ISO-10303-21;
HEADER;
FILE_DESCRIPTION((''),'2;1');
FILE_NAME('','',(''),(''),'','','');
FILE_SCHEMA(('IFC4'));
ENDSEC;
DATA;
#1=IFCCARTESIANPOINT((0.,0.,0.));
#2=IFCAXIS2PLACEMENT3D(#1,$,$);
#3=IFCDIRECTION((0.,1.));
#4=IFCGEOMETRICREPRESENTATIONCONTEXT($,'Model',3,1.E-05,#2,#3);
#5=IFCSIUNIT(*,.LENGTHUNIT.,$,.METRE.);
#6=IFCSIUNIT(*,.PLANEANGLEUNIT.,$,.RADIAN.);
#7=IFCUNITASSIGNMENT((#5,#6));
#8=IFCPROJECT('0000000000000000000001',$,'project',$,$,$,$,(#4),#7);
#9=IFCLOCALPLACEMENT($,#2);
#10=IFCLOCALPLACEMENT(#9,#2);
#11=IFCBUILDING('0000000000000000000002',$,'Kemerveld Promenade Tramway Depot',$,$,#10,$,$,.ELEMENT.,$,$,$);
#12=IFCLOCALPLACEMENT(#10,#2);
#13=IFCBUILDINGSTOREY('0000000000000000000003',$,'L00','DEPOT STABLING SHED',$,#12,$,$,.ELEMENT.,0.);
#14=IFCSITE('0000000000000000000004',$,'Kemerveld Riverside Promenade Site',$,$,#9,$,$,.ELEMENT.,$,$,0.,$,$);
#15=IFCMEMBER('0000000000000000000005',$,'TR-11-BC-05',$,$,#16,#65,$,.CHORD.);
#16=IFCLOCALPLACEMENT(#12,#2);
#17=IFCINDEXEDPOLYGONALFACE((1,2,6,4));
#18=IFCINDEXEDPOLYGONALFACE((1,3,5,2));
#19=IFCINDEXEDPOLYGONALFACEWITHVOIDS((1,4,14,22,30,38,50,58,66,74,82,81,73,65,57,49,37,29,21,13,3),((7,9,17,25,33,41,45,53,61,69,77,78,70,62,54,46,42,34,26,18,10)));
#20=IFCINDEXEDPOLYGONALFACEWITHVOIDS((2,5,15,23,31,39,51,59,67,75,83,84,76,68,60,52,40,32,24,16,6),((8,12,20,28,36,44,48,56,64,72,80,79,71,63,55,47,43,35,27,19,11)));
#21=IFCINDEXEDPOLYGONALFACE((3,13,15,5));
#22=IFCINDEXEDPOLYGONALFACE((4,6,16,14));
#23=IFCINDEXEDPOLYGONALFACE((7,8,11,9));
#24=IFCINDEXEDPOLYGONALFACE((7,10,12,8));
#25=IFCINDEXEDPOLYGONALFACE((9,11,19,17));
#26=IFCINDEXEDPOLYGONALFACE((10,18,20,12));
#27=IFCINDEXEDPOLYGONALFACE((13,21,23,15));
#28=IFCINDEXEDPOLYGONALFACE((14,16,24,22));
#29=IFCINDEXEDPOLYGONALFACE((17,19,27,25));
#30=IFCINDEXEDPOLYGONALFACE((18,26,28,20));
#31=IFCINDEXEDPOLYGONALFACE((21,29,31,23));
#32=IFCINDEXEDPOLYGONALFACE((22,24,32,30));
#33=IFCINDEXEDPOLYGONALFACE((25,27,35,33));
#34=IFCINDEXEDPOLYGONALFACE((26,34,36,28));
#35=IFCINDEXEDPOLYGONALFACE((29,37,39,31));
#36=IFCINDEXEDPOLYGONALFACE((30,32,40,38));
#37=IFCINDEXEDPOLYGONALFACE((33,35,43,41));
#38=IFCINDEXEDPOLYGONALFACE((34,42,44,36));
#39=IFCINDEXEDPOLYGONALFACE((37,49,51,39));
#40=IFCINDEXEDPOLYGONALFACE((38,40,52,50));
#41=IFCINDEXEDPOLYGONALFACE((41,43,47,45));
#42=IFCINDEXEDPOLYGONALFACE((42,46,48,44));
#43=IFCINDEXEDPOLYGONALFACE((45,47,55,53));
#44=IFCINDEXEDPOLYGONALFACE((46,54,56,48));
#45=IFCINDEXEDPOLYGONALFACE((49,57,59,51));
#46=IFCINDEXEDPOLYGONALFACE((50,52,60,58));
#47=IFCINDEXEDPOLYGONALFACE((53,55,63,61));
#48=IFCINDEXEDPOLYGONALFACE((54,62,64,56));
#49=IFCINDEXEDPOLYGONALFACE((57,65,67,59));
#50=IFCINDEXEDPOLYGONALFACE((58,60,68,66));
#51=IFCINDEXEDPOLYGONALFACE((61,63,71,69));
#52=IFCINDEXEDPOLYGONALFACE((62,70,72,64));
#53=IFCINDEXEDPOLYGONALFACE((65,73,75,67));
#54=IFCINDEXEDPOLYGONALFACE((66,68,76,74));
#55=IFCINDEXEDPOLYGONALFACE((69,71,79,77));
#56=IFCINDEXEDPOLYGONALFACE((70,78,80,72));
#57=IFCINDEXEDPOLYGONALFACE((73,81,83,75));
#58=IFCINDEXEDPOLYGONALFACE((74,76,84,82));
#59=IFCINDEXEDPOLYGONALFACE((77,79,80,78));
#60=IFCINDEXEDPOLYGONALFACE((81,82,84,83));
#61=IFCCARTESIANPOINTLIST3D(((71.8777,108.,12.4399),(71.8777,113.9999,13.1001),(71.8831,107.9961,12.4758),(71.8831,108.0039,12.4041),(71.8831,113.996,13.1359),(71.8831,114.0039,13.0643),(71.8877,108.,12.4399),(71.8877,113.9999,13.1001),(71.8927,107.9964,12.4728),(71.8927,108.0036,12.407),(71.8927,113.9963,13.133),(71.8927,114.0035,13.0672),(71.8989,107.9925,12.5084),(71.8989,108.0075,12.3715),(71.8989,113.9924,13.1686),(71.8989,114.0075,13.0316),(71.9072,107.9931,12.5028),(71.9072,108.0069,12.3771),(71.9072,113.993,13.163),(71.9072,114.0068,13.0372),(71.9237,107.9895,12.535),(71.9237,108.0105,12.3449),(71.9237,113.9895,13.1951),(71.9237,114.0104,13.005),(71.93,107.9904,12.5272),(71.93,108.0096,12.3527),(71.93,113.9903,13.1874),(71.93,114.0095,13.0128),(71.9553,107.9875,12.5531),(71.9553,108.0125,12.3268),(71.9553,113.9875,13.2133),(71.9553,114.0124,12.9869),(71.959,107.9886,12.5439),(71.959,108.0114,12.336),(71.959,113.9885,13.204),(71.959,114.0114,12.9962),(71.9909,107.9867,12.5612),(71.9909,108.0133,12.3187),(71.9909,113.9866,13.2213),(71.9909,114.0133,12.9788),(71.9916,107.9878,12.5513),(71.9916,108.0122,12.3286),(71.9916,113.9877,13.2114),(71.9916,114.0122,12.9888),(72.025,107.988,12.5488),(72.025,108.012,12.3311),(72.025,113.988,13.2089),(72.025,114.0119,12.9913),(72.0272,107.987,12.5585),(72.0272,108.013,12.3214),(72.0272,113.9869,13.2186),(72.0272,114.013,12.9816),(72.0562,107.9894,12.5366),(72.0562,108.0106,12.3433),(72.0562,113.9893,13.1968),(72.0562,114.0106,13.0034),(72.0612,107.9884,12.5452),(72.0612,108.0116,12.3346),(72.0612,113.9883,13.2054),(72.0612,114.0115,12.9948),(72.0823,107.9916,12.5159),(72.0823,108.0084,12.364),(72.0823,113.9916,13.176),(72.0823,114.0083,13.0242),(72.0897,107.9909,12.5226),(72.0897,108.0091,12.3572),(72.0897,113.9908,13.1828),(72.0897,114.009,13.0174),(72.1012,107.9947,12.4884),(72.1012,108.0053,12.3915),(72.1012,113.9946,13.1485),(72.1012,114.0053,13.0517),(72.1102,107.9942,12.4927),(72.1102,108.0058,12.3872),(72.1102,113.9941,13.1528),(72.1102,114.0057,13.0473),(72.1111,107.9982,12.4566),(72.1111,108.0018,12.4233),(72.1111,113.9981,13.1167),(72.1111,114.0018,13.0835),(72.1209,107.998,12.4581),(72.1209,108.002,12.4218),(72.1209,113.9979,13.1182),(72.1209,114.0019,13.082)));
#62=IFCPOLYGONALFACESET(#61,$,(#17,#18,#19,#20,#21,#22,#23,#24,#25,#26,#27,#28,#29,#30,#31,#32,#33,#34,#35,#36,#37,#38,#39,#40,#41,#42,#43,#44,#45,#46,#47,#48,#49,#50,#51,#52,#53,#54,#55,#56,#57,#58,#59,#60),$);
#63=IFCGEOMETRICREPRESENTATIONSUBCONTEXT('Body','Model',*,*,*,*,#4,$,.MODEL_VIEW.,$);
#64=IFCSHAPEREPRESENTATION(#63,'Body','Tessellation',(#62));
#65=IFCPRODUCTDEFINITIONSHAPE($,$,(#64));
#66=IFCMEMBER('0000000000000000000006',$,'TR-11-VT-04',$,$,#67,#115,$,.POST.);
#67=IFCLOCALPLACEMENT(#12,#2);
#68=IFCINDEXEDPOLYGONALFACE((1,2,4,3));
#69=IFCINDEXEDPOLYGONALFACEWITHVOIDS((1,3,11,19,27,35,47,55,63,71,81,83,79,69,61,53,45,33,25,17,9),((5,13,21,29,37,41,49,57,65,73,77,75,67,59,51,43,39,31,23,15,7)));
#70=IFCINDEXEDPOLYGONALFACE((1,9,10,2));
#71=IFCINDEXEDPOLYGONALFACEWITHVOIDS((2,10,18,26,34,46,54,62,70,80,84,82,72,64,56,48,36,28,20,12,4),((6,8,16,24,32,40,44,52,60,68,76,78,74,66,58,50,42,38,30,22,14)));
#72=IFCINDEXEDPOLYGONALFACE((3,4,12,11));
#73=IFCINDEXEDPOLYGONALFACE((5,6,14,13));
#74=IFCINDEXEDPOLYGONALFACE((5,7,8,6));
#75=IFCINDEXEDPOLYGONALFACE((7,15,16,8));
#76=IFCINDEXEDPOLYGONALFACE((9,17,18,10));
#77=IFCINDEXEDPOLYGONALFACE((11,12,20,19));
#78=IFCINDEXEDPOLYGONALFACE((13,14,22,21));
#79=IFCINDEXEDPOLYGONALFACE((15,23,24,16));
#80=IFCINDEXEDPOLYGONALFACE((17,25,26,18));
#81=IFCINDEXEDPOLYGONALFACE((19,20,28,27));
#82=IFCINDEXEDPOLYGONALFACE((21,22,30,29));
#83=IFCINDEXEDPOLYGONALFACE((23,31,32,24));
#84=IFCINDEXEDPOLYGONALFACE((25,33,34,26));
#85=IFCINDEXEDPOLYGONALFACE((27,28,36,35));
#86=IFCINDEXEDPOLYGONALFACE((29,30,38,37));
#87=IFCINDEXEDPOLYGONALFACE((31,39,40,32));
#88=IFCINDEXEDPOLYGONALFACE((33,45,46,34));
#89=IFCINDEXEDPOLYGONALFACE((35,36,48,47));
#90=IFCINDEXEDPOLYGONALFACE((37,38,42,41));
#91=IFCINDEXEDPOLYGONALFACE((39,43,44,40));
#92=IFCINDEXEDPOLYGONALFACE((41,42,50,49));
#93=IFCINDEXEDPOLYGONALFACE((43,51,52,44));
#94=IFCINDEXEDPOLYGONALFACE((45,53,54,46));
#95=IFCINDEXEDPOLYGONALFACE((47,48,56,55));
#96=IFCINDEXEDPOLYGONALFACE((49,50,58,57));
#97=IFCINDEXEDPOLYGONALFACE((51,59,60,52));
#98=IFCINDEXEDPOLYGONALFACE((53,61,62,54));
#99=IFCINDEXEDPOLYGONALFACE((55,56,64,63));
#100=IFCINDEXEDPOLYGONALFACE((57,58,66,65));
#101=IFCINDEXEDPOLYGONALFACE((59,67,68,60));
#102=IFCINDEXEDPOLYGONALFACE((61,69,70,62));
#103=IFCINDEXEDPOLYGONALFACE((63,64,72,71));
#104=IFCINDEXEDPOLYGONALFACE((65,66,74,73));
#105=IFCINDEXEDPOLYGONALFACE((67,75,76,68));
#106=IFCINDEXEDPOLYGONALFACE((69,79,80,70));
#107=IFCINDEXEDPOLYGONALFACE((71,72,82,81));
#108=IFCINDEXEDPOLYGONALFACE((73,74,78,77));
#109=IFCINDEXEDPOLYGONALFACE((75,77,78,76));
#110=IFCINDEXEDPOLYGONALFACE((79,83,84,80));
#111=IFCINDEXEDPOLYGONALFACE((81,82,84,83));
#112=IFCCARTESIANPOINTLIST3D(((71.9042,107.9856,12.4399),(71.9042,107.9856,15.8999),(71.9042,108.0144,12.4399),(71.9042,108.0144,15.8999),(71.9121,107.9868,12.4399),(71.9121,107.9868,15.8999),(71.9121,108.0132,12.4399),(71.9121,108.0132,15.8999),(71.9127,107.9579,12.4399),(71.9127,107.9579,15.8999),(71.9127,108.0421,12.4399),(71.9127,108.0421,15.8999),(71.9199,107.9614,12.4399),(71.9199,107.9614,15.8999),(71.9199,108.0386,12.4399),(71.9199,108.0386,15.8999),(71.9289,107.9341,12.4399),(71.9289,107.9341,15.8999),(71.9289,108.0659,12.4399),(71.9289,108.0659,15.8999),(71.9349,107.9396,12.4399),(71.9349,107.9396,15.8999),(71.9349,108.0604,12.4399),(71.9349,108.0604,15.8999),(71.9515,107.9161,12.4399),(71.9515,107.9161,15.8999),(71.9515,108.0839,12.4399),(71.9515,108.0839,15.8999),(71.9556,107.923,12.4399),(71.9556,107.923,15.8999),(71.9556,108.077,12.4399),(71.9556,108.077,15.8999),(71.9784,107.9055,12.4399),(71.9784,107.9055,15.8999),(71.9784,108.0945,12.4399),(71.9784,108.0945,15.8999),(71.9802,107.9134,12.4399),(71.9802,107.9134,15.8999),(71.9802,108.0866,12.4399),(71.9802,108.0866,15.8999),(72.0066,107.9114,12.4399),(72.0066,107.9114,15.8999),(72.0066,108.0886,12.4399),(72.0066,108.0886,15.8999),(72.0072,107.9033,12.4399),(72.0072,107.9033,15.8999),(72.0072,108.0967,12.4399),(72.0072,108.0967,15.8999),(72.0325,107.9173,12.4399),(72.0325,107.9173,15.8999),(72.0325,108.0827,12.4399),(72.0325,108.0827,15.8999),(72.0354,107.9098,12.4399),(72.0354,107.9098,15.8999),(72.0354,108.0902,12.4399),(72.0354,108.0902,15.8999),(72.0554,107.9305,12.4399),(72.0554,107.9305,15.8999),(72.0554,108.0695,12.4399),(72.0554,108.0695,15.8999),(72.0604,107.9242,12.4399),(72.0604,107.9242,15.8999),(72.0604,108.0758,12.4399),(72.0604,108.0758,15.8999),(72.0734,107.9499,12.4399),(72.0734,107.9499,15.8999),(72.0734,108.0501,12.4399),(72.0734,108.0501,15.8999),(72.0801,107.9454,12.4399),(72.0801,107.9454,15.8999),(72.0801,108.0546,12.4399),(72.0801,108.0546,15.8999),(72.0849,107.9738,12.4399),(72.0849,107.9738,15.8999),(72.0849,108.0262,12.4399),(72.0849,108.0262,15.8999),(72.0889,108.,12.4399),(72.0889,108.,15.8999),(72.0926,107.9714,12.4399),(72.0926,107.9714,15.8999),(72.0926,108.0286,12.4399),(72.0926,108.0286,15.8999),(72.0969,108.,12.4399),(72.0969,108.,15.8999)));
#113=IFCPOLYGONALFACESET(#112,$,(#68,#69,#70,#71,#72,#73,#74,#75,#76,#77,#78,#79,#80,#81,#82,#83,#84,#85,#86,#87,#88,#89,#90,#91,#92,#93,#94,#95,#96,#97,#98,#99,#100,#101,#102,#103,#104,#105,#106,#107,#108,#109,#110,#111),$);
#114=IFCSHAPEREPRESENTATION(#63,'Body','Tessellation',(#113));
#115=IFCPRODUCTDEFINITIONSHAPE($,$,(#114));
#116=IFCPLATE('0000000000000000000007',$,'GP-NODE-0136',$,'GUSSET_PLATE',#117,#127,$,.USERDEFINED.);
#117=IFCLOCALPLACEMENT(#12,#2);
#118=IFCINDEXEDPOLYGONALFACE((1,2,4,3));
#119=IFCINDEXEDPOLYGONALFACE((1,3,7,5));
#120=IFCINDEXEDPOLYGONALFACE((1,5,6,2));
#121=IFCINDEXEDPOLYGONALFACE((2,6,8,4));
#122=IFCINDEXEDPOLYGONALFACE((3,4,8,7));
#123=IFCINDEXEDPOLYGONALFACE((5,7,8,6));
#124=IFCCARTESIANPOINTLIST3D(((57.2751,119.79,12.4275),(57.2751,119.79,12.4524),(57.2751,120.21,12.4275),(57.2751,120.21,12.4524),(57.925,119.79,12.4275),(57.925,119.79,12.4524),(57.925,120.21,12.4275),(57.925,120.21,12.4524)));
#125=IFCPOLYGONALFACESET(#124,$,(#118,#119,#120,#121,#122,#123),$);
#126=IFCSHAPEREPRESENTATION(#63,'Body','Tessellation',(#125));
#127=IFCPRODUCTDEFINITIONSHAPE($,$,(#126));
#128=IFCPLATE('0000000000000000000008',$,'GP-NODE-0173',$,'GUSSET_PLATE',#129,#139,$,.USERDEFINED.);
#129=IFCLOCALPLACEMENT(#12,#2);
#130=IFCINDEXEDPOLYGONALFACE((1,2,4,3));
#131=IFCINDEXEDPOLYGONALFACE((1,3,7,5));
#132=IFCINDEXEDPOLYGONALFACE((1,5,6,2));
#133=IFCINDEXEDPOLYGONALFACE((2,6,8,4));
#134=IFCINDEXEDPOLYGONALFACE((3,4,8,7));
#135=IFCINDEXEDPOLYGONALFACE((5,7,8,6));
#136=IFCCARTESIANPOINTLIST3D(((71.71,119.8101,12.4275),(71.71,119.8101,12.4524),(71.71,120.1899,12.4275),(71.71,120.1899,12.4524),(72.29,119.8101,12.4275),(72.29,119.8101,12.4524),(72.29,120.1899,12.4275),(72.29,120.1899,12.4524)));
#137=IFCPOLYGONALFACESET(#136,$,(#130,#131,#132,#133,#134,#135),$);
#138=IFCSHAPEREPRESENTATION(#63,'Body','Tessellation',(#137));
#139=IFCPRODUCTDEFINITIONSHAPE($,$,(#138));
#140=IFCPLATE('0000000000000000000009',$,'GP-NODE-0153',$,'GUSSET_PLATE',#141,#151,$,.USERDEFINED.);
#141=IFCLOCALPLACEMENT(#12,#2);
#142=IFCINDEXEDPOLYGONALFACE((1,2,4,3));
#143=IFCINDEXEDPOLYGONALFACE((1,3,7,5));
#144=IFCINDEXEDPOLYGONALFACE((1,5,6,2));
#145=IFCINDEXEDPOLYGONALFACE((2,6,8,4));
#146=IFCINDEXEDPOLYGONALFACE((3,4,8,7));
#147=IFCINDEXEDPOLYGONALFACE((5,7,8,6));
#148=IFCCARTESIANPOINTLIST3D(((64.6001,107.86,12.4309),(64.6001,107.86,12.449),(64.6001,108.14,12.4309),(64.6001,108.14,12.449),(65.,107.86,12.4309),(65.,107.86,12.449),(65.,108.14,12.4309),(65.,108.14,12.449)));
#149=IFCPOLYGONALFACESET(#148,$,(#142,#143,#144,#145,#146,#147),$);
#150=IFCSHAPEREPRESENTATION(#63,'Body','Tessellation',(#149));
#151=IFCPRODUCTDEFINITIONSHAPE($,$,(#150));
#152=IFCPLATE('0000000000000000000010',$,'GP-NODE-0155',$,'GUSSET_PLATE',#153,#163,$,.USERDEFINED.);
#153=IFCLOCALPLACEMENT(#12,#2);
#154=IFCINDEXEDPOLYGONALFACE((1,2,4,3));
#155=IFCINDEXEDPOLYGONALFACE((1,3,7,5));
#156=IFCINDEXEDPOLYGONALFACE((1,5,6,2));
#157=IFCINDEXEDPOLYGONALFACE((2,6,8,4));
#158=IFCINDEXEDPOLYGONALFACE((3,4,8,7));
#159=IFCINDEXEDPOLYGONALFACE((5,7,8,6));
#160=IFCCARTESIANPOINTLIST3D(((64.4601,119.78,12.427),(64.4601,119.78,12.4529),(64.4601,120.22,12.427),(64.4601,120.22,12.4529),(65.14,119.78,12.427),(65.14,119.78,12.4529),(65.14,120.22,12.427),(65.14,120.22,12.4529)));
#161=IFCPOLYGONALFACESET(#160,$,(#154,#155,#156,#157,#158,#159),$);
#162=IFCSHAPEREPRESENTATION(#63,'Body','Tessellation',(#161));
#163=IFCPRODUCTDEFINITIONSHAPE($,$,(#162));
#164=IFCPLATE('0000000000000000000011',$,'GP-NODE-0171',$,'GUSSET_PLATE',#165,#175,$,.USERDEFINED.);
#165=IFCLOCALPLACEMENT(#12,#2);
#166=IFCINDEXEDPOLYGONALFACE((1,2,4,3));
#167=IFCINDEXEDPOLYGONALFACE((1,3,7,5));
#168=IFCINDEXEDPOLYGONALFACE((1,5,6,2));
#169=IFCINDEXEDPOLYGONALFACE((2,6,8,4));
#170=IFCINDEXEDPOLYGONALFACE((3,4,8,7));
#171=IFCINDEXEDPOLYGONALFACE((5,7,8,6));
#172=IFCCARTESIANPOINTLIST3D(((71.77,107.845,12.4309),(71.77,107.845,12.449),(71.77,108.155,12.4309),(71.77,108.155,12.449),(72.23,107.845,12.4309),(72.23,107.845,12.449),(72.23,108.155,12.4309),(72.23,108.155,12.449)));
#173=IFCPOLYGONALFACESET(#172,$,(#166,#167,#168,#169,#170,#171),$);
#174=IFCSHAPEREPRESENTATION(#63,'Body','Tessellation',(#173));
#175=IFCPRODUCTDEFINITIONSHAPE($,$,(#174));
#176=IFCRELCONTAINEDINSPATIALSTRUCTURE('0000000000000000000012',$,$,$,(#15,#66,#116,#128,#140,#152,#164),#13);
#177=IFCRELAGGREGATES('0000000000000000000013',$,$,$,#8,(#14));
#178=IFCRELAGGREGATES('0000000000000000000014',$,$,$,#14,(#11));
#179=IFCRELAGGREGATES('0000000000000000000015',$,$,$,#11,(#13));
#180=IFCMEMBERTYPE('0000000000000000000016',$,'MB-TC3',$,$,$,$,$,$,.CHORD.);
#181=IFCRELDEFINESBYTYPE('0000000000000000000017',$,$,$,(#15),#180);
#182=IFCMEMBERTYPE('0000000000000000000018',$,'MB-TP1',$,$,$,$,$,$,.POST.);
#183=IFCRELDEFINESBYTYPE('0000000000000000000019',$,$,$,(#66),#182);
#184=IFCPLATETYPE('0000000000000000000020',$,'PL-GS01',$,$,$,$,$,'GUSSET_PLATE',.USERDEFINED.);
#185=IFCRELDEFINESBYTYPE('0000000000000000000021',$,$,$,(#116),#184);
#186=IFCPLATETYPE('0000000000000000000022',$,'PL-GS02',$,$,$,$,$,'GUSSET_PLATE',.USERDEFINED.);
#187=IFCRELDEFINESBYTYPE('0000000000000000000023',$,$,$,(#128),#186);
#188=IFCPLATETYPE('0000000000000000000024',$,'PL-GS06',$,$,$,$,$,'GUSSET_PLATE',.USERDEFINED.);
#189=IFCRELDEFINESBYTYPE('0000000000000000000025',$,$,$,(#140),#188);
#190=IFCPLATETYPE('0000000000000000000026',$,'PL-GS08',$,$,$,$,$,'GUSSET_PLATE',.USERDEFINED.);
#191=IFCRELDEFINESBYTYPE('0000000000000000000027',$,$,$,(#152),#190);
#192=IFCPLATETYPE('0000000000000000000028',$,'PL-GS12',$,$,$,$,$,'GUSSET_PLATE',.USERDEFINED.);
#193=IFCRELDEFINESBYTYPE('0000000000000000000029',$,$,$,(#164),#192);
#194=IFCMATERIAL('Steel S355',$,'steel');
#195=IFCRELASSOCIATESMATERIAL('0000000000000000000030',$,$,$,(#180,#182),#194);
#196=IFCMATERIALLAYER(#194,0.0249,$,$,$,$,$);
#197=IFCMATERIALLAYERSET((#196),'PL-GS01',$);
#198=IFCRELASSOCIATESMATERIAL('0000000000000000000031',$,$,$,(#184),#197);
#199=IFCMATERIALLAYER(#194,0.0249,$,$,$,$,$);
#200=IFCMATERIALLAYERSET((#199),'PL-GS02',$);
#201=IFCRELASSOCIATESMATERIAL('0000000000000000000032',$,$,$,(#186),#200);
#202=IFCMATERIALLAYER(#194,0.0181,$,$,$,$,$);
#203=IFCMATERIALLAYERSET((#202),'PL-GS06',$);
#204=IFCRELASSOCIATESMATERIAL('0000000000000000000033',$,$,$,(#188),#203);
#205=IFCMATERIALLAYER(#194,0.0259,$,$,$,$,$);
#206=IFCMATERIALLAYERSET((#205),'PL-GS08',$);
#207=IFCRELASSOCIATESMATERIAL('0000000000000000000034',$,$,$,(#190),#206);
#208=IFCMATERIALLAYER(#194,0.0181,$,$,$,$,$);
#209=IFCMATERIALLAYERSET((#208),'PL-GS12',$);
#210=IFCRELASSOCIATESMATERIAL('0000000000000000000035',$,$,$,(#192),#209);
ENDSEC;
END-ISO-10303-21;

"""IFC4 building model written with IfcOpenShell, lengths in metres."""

from ifc_helpers import new_model, si_unit, direction, frame, origin, origin_2d, place, context, subcontext, project, spatial, rectangle, hollow_circle, extrude, material, layer, layer_set, material_profile, profile_set, type_object, element, save


model = new_model("IFC4")

# Units and contexts
model_context = context("Model", 3, precision=1e-05, world=origin(), true_north=direction((0.0, 1.0)))
body_context = subcontext(model_context, "Body", "Model", "MODEL_VIEW")
ifc_project = project(units=[si_unit("LENGTHUNIT", "METRE"), si_unit("PLANEANGLEUNIT", "RADIAN")], contexts=[model_context])

# Site, building, storey
site_placement = place(None, origin())
site = spatial("IfcSite", under=ifc_project, at=site_placement, Name="Kemerveld Riverside Promenade Site", CompositionType="ELEMENT", RefElevation=0.0)
building_placement = place(site_placement, origin())
building = spatial("IfcBuilding", under=site, at=building_placement, Name="Kemerveld Promenade Tramway Depot", CompositionType="ELEMENT")
storey_placement = place(building_placement, origin())
storey = spatial("IfcBuildingStorey", under=building, at=storey_placement, Name="L00", Description="DEPOT STABLING SHED", CompositionType="ELEMENT", Elevation=0.0)

# Members
ifc_material_1 = material(Name="Steel S355", Category="steel")
ifc_material_profile_1 = material_profile(ifc_material_1, hollow_circle(Radius=0.1223, WallThickness=0.01, at=origin_2d()), Name="244.5x10.0 CHS")
ifc_profile_set_1 = profile_set([ifc_material_profile_1], Name="Steel S355")
member_type_1 = type_object("IfcMemberType", Name="MB-TC3", PredefinedType="CHORD", material=ifc_profile_set_1)
member_1_placement = place(storey_placement, frame((72.0, 108.0, 12.4399), z_axis=(0.0, 0.994002, 0.109366), x_axis=(-1.0, 0.0, 0.0)))
element("IfcMember", 1, at=member_1_placement, inside=storey, type_object=member_type_1, Name="TR-11-BC-05", PredefinedType="CHORD", context=body_context, shape_type="SweptSolid", body=[
    extrude(hollow_circle(Radius=0.1223, WallThickness=0.01, at=origin_2d()), origin(), (0.0, 0.0, 1.0), 6.0361),
])
ifc_material_profile_2 = material_profile(ifc_material_1, hollow_circle(Radius=0.0969, WallThickness=0.0081, at=origin_2d()), Name="193.7x8.0 CHS")
ifc_profile_set_2 = profile_set([ifc_material_profile_2], Name="Steel S355")
member_type_2 = type_object("IfcMemberType", Name="MB-TP1", PredefinedType="POST", material=ifc_profile_set_2)
member_2_placement = place(storey_placement, frame((72.0, 108.0, 12.4399), z_axis=(0.0, 0.0, 1.0), x_axis=(1.0, 0.0, 0.0)))
element("IfcMember", 2, at=member_2_placement, inside=storey, type_object=member_type_2, Name="TR-11-VT-04", PredefinedType="POST", context=body_context, shape_type="SweptSolid", body=[
    extrude(hollow_circle(Radius=0.0969, WallThickness=0.0081, at=origin_2d()), origin(), (0.0, 0.0, 1.0), 3.46),
])

# Plates
ifc_layer_1 = layer(ifc_material_1, 0.0249)
ifc_layer_set_1 = layer_set([ifc_layer_1], Name="PL-GS01")
plate_type_1 = type_object("IfcPlateType", Name="PL-GS01", ElementType="GUSSET_PLATE", PredefinedType="USERDEFINED", material=ifc_layer_set_1)
plate_1_placement = place(storey_placement, frame((57.6001, 120.0, 12.4275), z_axis=(0.0, 0.0, 1.0), x_axis=(1.0, 0.0, 0.0)))
element("IfcPlate", 3, at=plate_1_placement, inside=storey, type_object=plate_type_1, Name="GP-NODE-0136", ObjectType="GUSSET_PLATE", PredefinedType="USERDEFINED", context=body_context, shape_type="SweptSolid", body=[
    extrude(rectangle(XDim=0.6499, YDim=0.4199, at=origin_2d()), origin(), (0.0, 0.0, 1.0), 0.0249),
])
ifc_layer_2 = layer(ifc_material_1, 0.0249)
ifc_layer_set_2 = layer_set([ifc_layer_2], Name="PL-GS02")
plate_type_2 = type_object("IfcPlateType", Name="PL-GS02", ElementType="GUSSET_PLATE", PredefinedType="USERDEFINED", material=ifc_layer_set_2)
plate_2_placement = place(storey_placement, frame((72.0, 120.0, 12.4275), z_axis=(0.0, 0.0, 1.0), x_axis=(1.0, 0.0, 0.0)))
element("IfcPlate", 4, at=plate_2_placement, inside=storey, type_object=plate_type_2, Name="GP-NODE-0173", ObjectType="GUSSET_PLATE", PredefinedType="USERDEFINED", context=body_context, shape_type="SweptSolid", body=[
    extrude(rectangle(XDim=0.5801, YDim=0.3799, at=origin_2d()), origin(), (0.0, 0.0, 1.0), 0.0249),
])
ifc_layer_3 = layer(ifc_material_1, 0.0181)
ifc_layer_set_3 = layer_set([ifc_layer_3], Name="PL-GS06")
plate_type_3 = type_object("IfcPlateType", Name="PL-GS06", ElementType="GUSSET_PLATE", PredefinedType="USERDEFINED", material=ifc_layer_set_3)
plate_3_placement = place(storey_placement, frame((64.8, 108.0, 12.4309), z_axis=(0.0, 0.0, 1.0), x_axis=(1.0, 0.0, 0.0)))
element("IfcPlate", 5, at=plate_3_placement, inside=storey, type_object=plate_type_3, Name="GP-NODE-0153", ObjectType="GUSSET_PLATE", PredefinedType="USERDEFINED", context=body_context, shape_type="SweptSolid", body=[
    extrude(rectangle(XDim=0.3999, YDim=0.28, at=origin_2d()), origin(), (0.0, 0.0, 1.0), 0.0181),
])
ifc_layer_4 = layer(ifc_material_1, 0.0259)
ifc_layer_set_4 = layer_set([ifc_layer_4], Name="PL-GS08")
plate_type_4 = type_object("IfcPlateType", Name="PL-GS08", ElementType="GUSSET_PLATE", PredefinedType="USERDEFINED", material=ifc_layer_set_4)
plate_4_placement = place(storey_placement, frame((64.8, 120.0, 12.427), z_axis=(0.0, 0.0, 1.0), x_axis=(1.0, 0.0, 0.0)))
element("IfcPlate", 6, at=plate_4_placement, inside=storey, type_object=plate_type_4, Name="GP-NODE-0155", ObjectType="GUSSET_PLATE", PredefinedType="USERDEFINED", context=body_context, shape_type="SweptSolid", body=[
    extrude(rectangle(XDim=0.6799, YDim=0.4399, at=origin_2d()), origin(), (0.0, 0.0, 1.0), 0.0259),
])
ifc_layer_5 = layer(ifc_material_1, 0.0181)
ifc_layer_set_5 = layer_set([ifc_layer_5], Name="PL-GS12")
plate_type_5 = type_object("IfcPlateType", Name="PL-GS12", ElementType="GUSSET_PLATE", PredefinedType="USERDEFINED", material=ifc_layer_set_5)
plate_5_placement = place(storey_placement, frame((72.0, 108.0, 12.4309), z_axis=(0.0, 0.0, 1.0), x_axis=(1.0, 0.0, 0.0)))
element("IfcPlate", 7, at=plate_5_placement, inside=storey, type_object=plate_type_5, Name="GP-NODE-0171", ObjectType="GUSSET_PLATE", PredefinedType="USERDEFINED", context=body_context, shape_type="SweptSolid", body=[
    extrude(rectangle(XDim=0.46, YDim=0.3101, at=origin_2d()), origin(), (0.0, 0.0, 1.0), 0.0181),
])

save(model, "model.ifc")
